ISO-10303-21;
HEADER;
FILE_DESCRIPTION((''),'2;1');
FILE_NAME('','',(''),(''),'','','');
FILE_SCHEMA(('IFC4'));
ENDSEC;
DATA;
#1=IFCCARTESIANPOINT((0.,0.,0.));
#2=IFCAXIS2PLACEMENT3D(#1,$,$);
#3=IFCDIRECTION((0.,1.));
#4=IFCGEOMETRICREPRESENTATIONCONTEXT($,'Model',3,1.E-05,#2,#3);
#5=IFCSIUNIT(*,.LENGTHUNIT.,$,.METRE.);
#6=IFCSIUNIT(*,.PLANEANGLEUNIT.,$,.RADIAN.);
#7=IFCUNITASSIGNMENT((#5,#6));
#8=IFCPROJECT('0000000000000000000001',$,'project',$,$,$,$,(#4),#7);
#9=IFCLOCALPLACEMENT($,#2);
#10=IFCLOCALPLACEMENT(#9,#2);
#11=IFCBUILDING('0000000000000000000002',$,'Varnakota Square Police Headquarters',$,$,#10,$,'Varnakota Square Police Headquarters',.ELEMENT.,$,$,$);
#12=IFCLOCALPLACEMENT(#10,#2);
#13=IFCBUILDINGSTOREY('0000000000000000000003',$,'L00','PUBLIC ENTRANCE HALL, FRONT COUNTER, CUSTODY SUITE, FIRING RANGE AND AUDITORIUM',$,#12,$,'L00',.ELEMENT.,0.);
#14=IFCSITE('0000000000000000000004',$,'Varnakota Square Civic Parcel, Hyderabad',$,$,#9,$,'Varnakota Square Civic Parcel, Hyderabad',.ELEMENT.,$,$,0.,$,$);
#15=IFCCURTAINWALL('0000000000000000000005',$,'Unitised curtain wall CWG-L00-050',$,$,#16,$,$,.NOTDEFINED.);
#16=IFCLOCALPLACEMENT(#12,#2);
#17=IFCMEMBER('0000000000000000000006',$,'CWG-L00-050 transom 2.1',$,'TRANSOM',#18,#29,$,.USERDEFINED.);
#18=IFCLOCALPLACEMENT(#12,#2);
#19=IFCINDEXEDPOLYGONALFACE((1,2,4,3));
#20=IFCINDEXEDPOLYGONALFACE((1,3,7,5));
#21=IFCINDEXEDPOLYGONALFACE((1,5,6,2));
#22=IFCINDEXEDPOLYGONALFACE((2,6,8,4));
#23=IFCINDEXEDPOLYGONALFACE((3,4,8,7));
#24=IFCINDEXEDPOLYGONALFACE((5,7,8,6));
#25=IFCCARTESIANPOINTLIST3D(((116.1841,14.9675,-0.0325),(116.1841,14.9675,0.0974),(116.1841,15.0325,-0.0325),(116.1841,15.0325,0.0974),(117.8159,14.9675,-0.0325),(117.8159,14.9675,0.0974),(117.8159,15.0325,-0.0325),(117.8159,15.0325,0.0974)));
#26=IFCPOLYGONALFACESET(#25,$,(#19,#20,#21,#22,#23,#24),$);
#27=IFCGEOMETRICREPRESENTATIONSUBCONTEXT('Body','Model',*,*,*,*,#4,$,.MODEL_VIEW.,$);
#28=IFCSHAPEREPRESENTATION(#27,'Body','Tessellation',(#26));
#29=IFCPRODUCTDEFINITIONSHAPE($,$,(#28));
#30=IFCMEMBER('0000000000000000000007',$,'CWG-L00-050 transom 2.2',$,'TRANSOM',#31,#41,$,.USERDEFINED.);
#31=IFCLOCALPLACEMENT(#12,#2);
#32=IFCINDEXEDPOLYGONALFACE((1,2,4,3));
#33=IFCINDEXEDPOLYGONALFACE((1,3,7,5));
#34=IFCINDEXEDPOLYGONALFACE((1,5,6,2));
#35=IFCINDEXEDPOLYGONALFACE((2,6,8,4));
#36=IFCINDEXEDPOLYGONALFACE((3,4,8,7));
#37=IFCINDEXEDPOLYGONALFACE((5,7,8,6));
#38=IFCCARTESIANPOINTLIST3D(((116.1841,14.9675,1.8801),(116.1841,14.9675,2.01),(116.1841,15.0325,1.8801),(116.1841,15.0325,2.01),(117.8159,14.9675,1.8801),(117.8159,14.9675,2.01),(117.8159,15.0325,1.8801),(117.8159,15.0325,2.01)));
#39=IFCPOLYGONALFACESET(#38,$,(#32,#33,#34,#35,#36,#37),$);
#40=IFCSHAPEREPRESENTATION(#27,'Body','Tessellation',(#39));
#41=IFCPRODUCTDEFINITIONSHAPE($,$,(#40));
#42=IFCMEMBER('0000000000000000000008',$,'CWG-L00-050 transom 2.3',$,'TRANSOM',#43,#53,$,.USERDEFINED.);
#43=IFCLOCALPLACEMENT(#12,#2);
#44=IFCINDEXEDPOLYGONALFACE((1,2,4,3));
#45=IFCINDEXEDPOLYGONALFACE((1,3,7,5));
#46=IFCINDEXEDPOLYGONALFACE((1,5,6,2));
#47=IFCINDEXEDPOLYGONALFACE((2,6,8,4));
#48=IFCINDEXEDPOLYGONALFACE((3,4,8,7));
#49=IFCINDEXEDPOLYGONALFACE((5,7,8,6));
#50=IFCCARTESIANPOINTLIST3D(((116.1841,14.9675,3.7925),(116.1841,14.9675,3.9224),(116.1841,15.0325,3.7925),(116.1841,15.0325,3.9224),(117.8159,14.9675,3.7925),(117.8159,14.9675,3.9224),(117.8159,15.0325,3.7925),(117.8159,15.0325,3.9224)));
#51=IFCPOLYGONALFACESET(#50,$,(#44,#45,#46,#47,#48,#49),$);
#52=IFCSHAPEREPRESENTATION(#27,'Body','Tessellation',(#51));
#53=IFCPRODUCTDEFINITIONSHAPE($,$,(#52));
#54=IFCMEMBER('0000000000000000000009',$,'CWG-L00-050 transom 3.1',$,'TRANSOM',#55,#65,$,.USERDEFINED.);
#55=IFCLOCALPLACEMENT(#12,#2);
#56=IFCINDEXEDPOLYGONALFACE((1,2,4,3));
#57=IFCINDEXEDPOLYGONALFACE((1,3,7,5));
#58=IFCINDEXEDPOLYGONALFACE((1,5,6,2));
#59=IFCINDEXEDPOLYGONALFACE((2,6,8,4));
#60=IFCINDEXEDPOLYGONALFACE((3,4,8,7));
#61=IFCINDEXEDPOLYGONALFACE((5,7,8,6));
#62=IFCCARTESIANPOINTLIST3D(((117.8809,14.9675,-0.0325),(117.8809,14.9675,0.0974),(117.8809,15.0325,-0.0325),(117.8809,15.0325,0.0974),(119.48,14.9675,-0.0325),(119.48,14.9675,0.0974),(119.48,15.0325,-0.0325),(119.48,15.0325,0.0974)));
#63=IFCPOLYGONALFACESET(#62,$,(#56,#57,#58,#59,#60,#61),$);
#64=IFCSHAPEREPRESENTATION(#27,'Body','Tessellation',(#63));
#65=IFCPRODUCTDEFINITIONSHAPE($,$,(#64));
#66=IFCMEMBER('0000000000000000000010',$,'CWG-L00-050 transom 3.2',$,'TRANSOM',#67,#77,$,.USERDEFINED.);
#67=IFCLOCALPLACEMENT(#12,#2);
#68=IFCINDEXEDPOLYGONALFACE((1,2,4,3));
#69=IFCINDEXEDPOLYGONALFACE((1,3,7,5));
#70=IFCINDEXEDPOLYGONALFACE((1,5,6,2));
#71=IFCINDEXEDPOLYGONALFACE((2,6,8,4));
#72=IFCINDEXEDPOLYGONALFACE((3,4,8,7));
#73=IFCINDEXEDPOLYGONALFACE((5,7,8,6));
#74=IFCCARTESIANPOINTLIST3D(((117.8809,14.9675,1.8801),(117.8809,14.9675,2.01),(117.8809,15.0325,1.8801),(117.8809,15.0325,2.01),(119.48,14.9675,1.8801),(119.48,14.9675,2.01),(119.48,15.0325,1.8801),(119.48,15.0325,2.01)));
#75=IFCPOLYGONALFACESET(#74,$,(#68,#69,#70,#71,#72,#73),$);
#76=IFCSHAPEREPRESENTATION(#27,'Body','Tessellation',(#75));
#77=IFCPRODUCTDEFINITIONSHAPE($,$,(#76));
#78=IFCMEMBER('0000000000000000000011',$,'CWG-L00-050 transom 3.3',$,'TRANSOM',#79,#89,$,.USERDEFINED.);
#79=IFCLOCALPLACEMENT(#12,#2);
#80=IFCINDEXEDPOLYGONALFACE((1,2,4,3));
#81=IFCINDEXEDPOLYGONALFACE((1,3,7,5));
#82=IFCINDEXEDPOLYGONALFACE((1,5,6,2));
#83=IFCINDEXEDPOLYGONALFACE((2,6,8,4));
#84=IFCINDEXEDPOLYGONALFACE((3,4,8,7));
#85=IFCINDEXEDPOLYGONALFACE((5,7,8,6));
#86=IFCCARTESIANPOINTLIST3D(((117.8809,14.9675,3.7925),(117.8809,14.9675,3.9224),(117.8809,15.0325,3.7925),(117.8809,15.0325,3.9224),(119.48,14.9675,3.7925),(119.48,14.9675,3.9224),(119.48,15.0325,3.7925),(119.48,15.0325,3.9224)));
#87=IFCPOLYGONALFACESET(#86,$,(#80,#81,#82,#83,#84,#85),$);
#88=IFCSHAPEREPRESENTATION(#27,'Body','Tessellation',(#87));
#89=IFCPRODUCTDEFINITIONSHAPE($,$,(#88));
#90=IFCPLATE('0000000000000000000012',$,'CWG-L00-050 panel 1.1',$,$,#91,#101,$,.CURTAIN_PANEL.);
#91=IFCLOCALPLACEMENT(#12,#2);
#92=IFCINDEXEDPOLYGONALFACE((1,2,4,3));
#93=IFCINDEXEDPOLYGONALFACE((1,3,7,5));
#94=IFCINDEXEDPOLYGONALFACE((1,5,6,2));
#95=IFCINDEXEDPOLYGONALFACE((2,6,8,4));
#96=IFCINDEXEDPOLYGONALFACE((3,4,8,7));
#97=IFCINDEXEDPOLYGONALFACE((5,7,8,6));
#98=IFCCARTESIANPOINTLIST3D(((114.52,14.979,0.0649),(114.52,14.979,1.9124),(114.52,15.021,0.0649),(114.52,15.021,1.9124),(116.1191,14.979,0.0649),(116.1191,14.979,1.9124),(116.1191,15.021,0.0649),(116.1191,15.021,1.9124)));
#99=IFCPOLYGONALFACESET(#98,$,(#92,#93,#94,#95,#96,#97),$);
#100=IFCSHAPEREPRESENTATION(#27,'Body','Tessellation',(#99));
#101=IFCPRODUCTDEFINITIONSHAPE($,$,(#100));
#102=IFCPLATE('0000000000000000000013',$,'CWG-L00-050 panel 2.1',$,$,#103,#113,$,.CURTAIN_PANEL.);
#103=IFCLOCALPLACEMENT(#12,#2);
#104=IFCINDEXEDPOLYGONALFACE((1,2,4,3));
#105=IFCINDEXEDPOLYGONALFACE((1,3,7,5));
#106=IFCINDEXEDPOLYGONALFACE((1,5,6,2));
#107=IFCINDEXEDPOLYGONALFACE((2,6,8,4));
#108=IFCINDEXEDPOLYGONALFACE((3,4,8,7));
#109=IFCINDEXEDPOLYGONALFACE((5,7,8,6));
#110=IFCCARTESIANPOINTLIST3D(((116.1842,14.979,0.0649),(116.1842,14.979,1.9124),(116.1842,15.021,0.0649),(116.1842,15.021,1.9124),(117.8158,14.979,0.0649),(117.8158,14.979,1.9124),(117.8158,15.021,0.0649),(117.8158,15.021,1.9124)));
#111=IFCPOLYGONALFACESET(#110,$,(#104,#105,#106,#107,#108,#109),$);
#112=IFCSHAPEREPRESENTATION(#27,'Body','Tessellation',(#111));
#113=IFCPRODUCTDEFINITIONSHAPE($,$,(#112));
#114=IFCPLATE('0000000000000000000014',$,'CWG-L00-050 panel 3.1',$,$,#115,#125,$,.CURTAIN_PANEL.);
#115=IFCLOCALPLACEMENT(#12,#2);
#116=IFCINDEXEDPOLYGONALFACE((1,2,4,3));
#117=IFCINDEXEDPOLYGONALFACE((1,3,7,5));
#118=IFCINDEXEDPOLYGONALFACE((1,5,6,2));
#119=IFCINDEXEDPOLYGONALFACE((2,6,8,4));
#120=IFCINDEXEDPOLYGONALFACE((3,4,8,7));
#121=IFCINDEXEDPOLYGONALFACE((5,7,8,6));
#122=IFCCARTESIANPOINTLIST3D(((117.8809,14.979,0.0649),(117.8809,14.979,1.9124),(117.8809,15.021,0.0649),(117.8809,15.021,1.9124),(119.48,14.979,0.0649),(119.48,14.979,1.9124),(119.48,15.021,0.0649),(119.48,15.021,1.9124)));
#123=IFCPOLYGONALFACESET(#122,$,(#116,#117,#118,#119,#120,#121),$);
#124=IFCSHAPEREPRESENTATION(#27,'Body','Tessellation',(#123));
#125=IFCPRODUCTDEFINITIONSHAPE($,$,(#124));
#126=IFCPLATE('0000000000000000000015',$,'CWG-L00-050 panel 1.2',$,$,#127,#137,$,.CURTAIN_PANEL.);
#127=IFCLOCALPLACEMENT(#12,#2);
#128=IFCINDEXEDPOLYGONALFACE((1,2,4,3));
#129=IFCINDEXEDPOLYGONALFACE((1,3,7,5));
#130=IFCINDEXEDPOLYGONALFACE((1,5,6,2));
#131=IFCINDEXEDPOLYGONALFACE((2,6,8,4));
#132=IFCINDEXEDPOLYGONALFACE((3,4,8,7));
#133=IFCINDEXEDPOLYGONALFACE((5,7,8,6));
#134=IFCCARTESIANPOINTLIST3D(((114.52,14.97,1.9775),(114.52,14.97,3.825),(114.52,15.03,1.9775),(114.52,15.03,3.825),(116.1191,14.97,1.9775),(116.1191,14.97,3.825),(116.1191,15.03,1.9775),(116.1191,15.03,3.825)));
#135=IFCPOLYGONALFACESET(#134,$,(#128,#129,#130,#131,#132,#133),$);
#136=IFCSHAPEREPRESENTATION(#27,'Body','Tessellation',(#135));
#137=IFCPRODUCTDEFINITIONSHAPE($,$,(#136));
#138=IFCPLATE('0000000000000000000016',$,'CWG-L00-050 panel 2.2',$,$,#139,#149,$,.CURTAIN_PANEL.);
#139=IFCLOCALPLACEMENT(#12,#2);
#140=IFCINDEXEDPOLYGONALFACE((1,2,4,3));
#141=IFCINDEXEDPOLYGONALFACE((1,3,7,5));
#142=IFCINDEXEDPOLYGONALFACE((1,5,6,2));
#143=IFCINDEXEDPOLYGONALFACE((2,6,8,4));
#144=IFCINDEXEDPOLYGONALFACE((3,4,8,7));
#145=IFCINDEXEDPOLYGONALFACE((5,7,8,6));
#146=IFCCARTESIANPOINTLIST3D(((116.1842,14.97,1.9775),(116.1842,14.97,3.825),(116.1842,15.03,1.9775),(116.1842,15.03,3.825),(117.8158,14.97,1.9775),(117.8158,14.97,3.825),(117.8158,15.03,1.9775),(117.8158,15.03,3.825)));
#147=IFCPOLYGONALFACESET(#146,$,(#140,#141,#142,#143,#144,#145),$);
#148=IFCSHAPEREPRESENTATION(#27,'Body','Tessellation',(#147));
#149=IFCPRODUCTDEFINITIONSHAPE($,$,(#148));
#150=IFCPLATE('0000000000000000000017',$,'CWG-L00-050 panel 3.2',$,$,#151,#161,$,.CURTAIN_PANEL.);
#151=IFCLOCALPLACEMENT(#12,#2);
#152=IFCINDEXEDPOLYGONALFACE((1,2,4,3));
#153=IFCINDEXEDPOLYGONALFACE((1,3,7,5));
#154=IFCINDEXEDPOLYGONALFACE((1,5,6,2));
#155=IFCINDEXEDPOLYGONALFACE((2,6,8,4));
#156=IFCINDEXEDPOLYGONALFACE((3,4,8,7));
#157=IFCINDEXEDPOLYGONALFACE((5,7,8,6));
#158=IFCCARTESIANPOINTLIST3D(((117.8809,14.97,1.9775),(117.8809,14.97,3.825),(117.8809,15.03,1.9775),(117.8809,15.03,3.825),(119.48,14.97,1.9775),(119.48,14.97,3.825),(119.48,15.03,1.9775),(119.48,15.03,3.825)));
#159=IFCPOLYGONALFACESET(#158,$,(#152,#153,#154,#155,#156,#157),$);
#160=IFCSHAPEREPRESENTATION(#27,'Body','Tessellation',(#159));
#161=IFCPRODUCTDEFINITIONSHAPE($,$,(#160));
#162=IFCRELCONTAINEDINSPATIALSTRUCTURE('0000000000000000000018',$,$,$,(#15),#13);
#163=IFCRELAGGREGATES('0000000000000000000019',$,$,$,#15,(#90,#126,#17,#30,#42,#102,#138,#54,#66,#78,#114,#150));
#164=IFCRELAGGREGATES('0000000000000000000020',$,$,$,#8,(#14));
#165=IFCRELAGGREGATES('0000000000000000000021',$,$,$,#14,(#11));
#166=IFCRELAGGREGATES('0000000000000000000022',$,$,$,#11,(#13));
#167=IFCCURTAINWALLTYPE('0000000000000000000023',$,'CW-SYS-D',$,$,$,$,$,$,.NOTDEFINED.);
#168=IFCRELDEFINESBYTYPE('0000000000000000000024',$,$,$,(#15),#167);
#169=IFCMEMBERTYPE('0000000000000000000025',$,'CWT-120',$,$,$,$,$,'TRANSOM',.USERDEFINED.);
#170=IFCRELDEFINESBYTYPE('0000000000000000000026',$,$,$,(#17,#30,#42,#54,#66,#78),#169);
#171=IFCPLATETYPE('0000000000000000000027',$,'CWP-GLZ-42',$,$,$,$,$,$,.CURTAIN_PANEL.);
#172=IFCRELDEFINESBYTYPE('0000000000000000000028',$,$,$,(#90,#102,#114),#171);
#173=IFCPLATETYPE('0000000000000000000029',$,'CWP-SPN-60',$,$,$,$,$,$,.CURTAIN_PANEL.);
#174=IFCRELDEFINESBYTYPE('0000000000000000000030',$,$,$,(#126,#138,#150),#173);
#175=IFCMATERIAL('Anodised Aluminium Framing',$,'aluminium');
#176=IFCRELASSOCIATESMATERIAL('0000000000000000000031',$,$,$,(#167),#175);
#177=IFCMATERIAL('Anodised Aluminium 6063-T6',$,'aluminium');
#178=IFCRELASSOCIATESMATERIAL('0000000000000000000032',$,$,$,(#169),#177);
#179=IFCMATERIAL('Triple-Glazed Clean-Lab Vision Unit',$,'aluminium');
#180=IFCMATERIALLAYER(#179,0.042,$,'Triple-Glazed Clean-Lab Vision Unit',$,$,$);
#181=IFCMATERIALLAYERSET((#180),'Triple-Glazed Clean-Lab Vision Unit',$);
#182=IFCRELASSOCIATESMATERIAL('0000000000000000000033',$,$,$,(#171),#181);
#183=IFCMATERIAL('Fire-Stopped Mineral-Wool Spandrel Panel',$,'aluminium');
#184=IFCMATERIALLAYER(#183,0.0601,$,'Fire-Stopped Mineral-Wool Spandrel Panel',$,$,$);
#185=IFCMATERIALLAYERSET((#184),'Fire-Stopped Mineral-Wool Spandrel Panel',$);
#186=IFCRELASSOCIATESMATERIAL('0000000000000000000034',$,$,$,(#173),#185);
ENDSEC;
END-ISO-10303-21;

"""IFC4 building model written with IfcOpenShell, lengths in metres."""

from ifc_helpers import new_model, si_unit, direction, frame, origin, origin_2d, place, context, subcontext, project, spatial, rectangle, extrude, material, layer, layer_set, material_profile, profile_set, type_object, element, aggregate, save


model = new_model("IFC4")

# Units and contexts
model_context = context("Model", 3, precision=1e-05, world=origin(), true_north=direction((0.0, 1.0)))
body_context = subcontext(model_context, "Body", "Model", "MODEL_VIEW")
ifc_project = project(units=[si_unit("LENGTHUNIT", "METRE"), si_unit("PLANEANGLEUNIT", "RADIAN")], contexts=[model_context])

# Site, building, storey
site_placement = place(None, origin())
site = spatial("IfcSite", under=ifc_project, at=site_placement, Name="Varnakota Square Civic Parcel, Hyderabad", LongName="Varnakota Square Civic Parcel, Hyderabad", CompositionType="ELEMENT", RefElevation=0.0)
building_placement = place(site_placement, origin())
building = spatial("IfcBuilding", under=site, at=building_placement, Name="Varnakota Square Police Headquarters", LongName="Varnakota Square Police Headquarters", CompositionType="ELEMENT")
storey_placement = place(building_placement, origin())
storey = spatial("IfcBuildingStorey", under=building, at=storey_placement, Name="L00", Description="PUBLIC ENTRANCE HALL, FRONT COUNTER, CUSTODY SUITE, FIRING RANGE AND AUDITORIUM", LongName="L00", CompositionType="ELEMENT", Elevation=0.0)

# Curtain wall, members, plates
ifc_material_1 = material(Name="Anodised Aluminium Framing", Category="aluminium")
curtain_wall_type = type_object("IfcCurtainWallType", Name="CW-SYS-D", PredefinedType="NOTDEFINED", material=ifc_material_1)
curtain_wall_placement = place(storey_placement, origin())
curtain_wall = element("IfcCurtainWall", 1, at=curtain_wall_placement, inside=storey, type_object=curtain_wall_type, Name="Unitised curtain wall CWG-L00-050", PredefinedType="NOTDEFINED")
ifc_material_2 = material(Name="Anodised Aluminium 6063-T6", Category="aluminium")
ifc_material_profile_1 = material_profile(ifc_material_2, rectangle(XDim=0.0649, YDim=0.1299, at=origin_2d()), Name="ALU TRANSOM 65x130")
ifc_profile_set_1 = profile_set([ifc_material_profile_1], Name="Anodised Aluminium 6063-T6")
member_type_1 = type_object("IfcMemberType", Name="CWT-120", ElementType="TRANSOM", PredefinedType="USERDEFINED", material=ifc_profile_set_1)
member_1_placement = place(storey_placement, frame((116.1841, 15.0, 0.0325), z_axis=(1.0, 0.0, 0.0), x_axis=(0.0, 1.0, 0.0)))
member_1 = element("IfcMember", 2, at=member_1_placement, type_object=member_type_1, Name="CWG-L00-050 transom 2.1", ObjectType="TRANSOM", PredefinedType="USERDEFINED", context=body_context, shape_type="SweptSolid", body=[
    extrude(rectangle(XDim=0.0649, YDim=0.1299, at=origin_2d()), origin(), (0.0, 0.0, 1.0), 1.6318),
])
member_2_placement = place(storey_placement, frame((116.1841, 15.0, 1.9451), z_axis=(1.0, 0.0, 0.0), x_axis=(0.0, 1.0, 0.0)))
member_2 = element("IfcMember", 3, at=member_2_placement, type_object=member_type_1, Name="CWG-L00-050 transom 2.2", ObjectType="TRANSOM", PredefinedType="USERDEFINED", context=body_context, shape_type="SweptSolid", body=[
    extrude(rectangle(XDim=0.0649, YDim=0.1299, at=origin_2d()), origin(), (0.0, 0.0, 1.0), 1.6318),
])
member_3_placement = place(storey_placement, frame((116.1841, 15.0, 3.8574), z_axis=(1.0, 0.0, 0.0), x_axis=(0.0, 1.0, 0.0)))
member_3 = element("IfcMember", 4, at=member_3_placement, type_object=member_type_1, Name="CWG-L00-050 transom 2.3", ObjectType="TRANSOM", PredefinedType="USERDEFINED", context=body_context, shape_type="SweptSolid", body=[
    extrude(rectangle(XDim=0.0649, YDim=0.1299, at=origin_2d()), origin(), (0.0, 0.0, 1.0), 1.6318),
])
member_4_placement = place(storey_placement, frame((117.8809, 15.0, 0.0325), z_axis=(1.0, 0.0, 0.0), x_axis=(0.0, 1.0, 0.0)))
member_4 = element("IfcMember", 5, at=member_4_placement, type_object=member_type_1, Name="CWG-L00-050 transom 3.1", ObjectType="TRANSOM", PredefinedType="USERDEFINED", context=body_context, shape_type="SweptSolid", body=[
    extrude(rectangle(XDim=0.0649, YDim=0.1299, at=origin_2d()), origin(), (0.0, 0.0, 1.0), 1.5991),
])
member_5_placement = place(storey_placement, frame((117.8809, 15.0, 1.9451), z_axis=(1.0, 0.0, 0.0), x_axis=(0.0, 1.0, 0.0)))
member_5 = element("IfcMember", 6, at=member_5_placement, type_object=member_type_1, Name="CWG-L00-050 transom 3.2", ObjectType="TRANSOM", PredefinedType="USERDEFINED", context=body_context, shape_type="SweptSolid", body=[
    extrude(rectangle(XDim=0.0649, YDim=0.1299, at=origin_2d()), origin(), (0.0, 0.0, 1.0), 1.5991),
])
member_6_placement = place(storey_placement, frame((117.8809, 15.0, 3.8574), z_axis=(1.0, 0.0, 0.0), x_axis=(0.0, 1.0, 0.0)))
member_6 = element("IfcMember", 7, at=member_6_placement, type_object=member_type_1, Name="CWG-L00-050 transom 3.3", ObjectType="TRANSOM", PredefinedType="USERDEFINED", context=body_context, shape_type="SweptSolid", body=[
    extrude(rectangle(XDim=0.0649, YDim=0.1299, at=origin_2d()), origin(), (0.0, 0.0, 1.0), 1.5991),
])
ifc_material_3 = material(Name="Triple-Glazed Clean-Lab Vision Unit", Category="aluminium")
ifc_layer_1 = layer(ifc_material_3, 0.042, Name="Triple-Glazed Clean-Lab Vision Unit")
ifc_layer_set_1 = layer_set([ifc_layer_1], Name="Triple-Glazed Clean-Lab Vision Unit")
plate_type_1 = type_object("IfcPlateType", Name="CWP-GLZ-42", PredefinedType="CURTAIN_PANEL", material=ifc_layer_set_1)
plate_1_placement = place(storey_placement, frame((115.3196, 15.0, 0.0649), z_axis=(0.0, 0.0, 1.0), x_axis=(1.0, 0.0, 0.0)))
plate_1 = element("IfcPlate", 8, at=plate_1_placement, type_object=plate_type_1, Name="CWG-L00-050 panel 1.1", PredefinedType="CURTAIN_PANEL", context=body_context, shape_type="SweptSolid", body=[
    extrude(rectangle(XDim=1.5991, YDim=0.042, at=origin_2d()), origin(), (0.0, 0.0, 1.0), 1.8474),
])
plate_2_placement = place(storey_placement, frame((117.0, 15.0, 0.0649), z_axis=(0.0, 0.0, 1.0), x_axis=(1.0, 0.0, 0.0)))
plate_2 = element("IfcPlate", 9, at=plate_2_placement, type_object=plate_type_1, Name="CWG-L00-050 panel 2.1", PredefinedType="CURTAIN_PANEL", context=body_context, shape_type="SweptSolid", body=[
    extrude(rectangle(XDim=1.6316, YDim=0.042, at=origin_2d()), origin(), (0.0, 0.0, 1.0), 1.8474),
])
plate_3_placement = place(storey_placement, frame((118.6804, 15.0, 0.0649), z_axis=(0.0, 0.0, 1.0), x_axis=(1.0, 0.0, 0.0)))
plate_3 = element("IfcPlate", 10, at=plate_3_placement, type_object=plate_type_1, Name="CWG-L00-050 panel 3.1", PredefinedType="CURTAIN_PANEL", context=body_context, shape_type="SweptSolid", body=[
    extrude(rectangle(XDim=1.5991, YDim=0.042, at=origin_2d()), origin(), (0.0, 0.0, 1.0), 1.8474),
])
ifc_material_4 = material(Name="Fire-Stopped Mineral-Wool Spandrel Panel", Category="aluminium")
ifc_layer_2 = layer(ifc_material_4, 0.0601, Name="Fire-Stopped Mineral-Wool Spandrel Panel")
ifc_layer_set_2 = layer_set([ifc_layer_2], Name="Fire-Stopped Mineral-Wool Spandrel Panel")
plate_type_2 = type_object("IfcPlateType", Name="CWP-SPN-60", PredefinedType="CURTAIN_PANEL", material=ifc_layer_set_2)
plate_4_placement = place(storey_placement, frame((115.3196, 15.0, 1.9775), z_axis=(0.0, 0.0, 1.0), x_axis=(1.0, 0.0, 0.0)))
plate_4 = element("IfcPlate", 11, at=plate_4_placement, type_object=plate_type_2, Name="CWG-L00-050 panel 1.2", PredefinedType="CURTAIN_PANEL", context=body_context, shape_type="SweptSolid", body=[
    extrude(rectangle(XDim=1.5991, YDim=0.0601, at=origin_2d()), origin(), (0.0, 0.0, 1.0), 1.8474),
])
plate_5_placement = place(storey_placement, frame((117.0, 15.0, 1.9775), z_axis=(0.0, 0.0, 1.0), x_axis=(1.0, 0.0, 0.0)))
plate_5 = element("IfcPlate", 12, at=plate_5_placement, type_object=plate_type_2, Name="CWG-L00-050 panel 2.2", PredefinedType="CURTAIN_PANEL", context=body_context, shape_type="SweptSolid", body=[
    extrude(rectangle(XDim=1.6316, YDim=0.0601, at=origin_2d()), origin(), (0.0, 0.0, 1.0), 1.8474),
])
plate_6_placement = place(storey_placement, frame((118.6804, 15.0, 1.9775), z_axis=(0.0, 0.0, 1.0), x_axis=(1.0, 0.0, 0.0)))
plate_6 = element("IfcPlate", 13, at=plate_6_placement, type_object=plate_type_2, Name="CWG-L00-050 panel 3.2", PredefinedType="CURTAIN_PANEL", context=body_context, shape_type="SweptSolid", body=[
    extrude(rectangle(XDim=1.5991, YDim=0.0601, at=origin_2d()), origin(), (0.0, 0.0, 1.0), 1.8474),
])
aggregate(curtain_wall, [plate_1, plate_4, member_1, member_2, member_3, plate_2, plate_5, member_4, member_5, member_6, plate_3, plate_6])

save(model, "model.ifc")
